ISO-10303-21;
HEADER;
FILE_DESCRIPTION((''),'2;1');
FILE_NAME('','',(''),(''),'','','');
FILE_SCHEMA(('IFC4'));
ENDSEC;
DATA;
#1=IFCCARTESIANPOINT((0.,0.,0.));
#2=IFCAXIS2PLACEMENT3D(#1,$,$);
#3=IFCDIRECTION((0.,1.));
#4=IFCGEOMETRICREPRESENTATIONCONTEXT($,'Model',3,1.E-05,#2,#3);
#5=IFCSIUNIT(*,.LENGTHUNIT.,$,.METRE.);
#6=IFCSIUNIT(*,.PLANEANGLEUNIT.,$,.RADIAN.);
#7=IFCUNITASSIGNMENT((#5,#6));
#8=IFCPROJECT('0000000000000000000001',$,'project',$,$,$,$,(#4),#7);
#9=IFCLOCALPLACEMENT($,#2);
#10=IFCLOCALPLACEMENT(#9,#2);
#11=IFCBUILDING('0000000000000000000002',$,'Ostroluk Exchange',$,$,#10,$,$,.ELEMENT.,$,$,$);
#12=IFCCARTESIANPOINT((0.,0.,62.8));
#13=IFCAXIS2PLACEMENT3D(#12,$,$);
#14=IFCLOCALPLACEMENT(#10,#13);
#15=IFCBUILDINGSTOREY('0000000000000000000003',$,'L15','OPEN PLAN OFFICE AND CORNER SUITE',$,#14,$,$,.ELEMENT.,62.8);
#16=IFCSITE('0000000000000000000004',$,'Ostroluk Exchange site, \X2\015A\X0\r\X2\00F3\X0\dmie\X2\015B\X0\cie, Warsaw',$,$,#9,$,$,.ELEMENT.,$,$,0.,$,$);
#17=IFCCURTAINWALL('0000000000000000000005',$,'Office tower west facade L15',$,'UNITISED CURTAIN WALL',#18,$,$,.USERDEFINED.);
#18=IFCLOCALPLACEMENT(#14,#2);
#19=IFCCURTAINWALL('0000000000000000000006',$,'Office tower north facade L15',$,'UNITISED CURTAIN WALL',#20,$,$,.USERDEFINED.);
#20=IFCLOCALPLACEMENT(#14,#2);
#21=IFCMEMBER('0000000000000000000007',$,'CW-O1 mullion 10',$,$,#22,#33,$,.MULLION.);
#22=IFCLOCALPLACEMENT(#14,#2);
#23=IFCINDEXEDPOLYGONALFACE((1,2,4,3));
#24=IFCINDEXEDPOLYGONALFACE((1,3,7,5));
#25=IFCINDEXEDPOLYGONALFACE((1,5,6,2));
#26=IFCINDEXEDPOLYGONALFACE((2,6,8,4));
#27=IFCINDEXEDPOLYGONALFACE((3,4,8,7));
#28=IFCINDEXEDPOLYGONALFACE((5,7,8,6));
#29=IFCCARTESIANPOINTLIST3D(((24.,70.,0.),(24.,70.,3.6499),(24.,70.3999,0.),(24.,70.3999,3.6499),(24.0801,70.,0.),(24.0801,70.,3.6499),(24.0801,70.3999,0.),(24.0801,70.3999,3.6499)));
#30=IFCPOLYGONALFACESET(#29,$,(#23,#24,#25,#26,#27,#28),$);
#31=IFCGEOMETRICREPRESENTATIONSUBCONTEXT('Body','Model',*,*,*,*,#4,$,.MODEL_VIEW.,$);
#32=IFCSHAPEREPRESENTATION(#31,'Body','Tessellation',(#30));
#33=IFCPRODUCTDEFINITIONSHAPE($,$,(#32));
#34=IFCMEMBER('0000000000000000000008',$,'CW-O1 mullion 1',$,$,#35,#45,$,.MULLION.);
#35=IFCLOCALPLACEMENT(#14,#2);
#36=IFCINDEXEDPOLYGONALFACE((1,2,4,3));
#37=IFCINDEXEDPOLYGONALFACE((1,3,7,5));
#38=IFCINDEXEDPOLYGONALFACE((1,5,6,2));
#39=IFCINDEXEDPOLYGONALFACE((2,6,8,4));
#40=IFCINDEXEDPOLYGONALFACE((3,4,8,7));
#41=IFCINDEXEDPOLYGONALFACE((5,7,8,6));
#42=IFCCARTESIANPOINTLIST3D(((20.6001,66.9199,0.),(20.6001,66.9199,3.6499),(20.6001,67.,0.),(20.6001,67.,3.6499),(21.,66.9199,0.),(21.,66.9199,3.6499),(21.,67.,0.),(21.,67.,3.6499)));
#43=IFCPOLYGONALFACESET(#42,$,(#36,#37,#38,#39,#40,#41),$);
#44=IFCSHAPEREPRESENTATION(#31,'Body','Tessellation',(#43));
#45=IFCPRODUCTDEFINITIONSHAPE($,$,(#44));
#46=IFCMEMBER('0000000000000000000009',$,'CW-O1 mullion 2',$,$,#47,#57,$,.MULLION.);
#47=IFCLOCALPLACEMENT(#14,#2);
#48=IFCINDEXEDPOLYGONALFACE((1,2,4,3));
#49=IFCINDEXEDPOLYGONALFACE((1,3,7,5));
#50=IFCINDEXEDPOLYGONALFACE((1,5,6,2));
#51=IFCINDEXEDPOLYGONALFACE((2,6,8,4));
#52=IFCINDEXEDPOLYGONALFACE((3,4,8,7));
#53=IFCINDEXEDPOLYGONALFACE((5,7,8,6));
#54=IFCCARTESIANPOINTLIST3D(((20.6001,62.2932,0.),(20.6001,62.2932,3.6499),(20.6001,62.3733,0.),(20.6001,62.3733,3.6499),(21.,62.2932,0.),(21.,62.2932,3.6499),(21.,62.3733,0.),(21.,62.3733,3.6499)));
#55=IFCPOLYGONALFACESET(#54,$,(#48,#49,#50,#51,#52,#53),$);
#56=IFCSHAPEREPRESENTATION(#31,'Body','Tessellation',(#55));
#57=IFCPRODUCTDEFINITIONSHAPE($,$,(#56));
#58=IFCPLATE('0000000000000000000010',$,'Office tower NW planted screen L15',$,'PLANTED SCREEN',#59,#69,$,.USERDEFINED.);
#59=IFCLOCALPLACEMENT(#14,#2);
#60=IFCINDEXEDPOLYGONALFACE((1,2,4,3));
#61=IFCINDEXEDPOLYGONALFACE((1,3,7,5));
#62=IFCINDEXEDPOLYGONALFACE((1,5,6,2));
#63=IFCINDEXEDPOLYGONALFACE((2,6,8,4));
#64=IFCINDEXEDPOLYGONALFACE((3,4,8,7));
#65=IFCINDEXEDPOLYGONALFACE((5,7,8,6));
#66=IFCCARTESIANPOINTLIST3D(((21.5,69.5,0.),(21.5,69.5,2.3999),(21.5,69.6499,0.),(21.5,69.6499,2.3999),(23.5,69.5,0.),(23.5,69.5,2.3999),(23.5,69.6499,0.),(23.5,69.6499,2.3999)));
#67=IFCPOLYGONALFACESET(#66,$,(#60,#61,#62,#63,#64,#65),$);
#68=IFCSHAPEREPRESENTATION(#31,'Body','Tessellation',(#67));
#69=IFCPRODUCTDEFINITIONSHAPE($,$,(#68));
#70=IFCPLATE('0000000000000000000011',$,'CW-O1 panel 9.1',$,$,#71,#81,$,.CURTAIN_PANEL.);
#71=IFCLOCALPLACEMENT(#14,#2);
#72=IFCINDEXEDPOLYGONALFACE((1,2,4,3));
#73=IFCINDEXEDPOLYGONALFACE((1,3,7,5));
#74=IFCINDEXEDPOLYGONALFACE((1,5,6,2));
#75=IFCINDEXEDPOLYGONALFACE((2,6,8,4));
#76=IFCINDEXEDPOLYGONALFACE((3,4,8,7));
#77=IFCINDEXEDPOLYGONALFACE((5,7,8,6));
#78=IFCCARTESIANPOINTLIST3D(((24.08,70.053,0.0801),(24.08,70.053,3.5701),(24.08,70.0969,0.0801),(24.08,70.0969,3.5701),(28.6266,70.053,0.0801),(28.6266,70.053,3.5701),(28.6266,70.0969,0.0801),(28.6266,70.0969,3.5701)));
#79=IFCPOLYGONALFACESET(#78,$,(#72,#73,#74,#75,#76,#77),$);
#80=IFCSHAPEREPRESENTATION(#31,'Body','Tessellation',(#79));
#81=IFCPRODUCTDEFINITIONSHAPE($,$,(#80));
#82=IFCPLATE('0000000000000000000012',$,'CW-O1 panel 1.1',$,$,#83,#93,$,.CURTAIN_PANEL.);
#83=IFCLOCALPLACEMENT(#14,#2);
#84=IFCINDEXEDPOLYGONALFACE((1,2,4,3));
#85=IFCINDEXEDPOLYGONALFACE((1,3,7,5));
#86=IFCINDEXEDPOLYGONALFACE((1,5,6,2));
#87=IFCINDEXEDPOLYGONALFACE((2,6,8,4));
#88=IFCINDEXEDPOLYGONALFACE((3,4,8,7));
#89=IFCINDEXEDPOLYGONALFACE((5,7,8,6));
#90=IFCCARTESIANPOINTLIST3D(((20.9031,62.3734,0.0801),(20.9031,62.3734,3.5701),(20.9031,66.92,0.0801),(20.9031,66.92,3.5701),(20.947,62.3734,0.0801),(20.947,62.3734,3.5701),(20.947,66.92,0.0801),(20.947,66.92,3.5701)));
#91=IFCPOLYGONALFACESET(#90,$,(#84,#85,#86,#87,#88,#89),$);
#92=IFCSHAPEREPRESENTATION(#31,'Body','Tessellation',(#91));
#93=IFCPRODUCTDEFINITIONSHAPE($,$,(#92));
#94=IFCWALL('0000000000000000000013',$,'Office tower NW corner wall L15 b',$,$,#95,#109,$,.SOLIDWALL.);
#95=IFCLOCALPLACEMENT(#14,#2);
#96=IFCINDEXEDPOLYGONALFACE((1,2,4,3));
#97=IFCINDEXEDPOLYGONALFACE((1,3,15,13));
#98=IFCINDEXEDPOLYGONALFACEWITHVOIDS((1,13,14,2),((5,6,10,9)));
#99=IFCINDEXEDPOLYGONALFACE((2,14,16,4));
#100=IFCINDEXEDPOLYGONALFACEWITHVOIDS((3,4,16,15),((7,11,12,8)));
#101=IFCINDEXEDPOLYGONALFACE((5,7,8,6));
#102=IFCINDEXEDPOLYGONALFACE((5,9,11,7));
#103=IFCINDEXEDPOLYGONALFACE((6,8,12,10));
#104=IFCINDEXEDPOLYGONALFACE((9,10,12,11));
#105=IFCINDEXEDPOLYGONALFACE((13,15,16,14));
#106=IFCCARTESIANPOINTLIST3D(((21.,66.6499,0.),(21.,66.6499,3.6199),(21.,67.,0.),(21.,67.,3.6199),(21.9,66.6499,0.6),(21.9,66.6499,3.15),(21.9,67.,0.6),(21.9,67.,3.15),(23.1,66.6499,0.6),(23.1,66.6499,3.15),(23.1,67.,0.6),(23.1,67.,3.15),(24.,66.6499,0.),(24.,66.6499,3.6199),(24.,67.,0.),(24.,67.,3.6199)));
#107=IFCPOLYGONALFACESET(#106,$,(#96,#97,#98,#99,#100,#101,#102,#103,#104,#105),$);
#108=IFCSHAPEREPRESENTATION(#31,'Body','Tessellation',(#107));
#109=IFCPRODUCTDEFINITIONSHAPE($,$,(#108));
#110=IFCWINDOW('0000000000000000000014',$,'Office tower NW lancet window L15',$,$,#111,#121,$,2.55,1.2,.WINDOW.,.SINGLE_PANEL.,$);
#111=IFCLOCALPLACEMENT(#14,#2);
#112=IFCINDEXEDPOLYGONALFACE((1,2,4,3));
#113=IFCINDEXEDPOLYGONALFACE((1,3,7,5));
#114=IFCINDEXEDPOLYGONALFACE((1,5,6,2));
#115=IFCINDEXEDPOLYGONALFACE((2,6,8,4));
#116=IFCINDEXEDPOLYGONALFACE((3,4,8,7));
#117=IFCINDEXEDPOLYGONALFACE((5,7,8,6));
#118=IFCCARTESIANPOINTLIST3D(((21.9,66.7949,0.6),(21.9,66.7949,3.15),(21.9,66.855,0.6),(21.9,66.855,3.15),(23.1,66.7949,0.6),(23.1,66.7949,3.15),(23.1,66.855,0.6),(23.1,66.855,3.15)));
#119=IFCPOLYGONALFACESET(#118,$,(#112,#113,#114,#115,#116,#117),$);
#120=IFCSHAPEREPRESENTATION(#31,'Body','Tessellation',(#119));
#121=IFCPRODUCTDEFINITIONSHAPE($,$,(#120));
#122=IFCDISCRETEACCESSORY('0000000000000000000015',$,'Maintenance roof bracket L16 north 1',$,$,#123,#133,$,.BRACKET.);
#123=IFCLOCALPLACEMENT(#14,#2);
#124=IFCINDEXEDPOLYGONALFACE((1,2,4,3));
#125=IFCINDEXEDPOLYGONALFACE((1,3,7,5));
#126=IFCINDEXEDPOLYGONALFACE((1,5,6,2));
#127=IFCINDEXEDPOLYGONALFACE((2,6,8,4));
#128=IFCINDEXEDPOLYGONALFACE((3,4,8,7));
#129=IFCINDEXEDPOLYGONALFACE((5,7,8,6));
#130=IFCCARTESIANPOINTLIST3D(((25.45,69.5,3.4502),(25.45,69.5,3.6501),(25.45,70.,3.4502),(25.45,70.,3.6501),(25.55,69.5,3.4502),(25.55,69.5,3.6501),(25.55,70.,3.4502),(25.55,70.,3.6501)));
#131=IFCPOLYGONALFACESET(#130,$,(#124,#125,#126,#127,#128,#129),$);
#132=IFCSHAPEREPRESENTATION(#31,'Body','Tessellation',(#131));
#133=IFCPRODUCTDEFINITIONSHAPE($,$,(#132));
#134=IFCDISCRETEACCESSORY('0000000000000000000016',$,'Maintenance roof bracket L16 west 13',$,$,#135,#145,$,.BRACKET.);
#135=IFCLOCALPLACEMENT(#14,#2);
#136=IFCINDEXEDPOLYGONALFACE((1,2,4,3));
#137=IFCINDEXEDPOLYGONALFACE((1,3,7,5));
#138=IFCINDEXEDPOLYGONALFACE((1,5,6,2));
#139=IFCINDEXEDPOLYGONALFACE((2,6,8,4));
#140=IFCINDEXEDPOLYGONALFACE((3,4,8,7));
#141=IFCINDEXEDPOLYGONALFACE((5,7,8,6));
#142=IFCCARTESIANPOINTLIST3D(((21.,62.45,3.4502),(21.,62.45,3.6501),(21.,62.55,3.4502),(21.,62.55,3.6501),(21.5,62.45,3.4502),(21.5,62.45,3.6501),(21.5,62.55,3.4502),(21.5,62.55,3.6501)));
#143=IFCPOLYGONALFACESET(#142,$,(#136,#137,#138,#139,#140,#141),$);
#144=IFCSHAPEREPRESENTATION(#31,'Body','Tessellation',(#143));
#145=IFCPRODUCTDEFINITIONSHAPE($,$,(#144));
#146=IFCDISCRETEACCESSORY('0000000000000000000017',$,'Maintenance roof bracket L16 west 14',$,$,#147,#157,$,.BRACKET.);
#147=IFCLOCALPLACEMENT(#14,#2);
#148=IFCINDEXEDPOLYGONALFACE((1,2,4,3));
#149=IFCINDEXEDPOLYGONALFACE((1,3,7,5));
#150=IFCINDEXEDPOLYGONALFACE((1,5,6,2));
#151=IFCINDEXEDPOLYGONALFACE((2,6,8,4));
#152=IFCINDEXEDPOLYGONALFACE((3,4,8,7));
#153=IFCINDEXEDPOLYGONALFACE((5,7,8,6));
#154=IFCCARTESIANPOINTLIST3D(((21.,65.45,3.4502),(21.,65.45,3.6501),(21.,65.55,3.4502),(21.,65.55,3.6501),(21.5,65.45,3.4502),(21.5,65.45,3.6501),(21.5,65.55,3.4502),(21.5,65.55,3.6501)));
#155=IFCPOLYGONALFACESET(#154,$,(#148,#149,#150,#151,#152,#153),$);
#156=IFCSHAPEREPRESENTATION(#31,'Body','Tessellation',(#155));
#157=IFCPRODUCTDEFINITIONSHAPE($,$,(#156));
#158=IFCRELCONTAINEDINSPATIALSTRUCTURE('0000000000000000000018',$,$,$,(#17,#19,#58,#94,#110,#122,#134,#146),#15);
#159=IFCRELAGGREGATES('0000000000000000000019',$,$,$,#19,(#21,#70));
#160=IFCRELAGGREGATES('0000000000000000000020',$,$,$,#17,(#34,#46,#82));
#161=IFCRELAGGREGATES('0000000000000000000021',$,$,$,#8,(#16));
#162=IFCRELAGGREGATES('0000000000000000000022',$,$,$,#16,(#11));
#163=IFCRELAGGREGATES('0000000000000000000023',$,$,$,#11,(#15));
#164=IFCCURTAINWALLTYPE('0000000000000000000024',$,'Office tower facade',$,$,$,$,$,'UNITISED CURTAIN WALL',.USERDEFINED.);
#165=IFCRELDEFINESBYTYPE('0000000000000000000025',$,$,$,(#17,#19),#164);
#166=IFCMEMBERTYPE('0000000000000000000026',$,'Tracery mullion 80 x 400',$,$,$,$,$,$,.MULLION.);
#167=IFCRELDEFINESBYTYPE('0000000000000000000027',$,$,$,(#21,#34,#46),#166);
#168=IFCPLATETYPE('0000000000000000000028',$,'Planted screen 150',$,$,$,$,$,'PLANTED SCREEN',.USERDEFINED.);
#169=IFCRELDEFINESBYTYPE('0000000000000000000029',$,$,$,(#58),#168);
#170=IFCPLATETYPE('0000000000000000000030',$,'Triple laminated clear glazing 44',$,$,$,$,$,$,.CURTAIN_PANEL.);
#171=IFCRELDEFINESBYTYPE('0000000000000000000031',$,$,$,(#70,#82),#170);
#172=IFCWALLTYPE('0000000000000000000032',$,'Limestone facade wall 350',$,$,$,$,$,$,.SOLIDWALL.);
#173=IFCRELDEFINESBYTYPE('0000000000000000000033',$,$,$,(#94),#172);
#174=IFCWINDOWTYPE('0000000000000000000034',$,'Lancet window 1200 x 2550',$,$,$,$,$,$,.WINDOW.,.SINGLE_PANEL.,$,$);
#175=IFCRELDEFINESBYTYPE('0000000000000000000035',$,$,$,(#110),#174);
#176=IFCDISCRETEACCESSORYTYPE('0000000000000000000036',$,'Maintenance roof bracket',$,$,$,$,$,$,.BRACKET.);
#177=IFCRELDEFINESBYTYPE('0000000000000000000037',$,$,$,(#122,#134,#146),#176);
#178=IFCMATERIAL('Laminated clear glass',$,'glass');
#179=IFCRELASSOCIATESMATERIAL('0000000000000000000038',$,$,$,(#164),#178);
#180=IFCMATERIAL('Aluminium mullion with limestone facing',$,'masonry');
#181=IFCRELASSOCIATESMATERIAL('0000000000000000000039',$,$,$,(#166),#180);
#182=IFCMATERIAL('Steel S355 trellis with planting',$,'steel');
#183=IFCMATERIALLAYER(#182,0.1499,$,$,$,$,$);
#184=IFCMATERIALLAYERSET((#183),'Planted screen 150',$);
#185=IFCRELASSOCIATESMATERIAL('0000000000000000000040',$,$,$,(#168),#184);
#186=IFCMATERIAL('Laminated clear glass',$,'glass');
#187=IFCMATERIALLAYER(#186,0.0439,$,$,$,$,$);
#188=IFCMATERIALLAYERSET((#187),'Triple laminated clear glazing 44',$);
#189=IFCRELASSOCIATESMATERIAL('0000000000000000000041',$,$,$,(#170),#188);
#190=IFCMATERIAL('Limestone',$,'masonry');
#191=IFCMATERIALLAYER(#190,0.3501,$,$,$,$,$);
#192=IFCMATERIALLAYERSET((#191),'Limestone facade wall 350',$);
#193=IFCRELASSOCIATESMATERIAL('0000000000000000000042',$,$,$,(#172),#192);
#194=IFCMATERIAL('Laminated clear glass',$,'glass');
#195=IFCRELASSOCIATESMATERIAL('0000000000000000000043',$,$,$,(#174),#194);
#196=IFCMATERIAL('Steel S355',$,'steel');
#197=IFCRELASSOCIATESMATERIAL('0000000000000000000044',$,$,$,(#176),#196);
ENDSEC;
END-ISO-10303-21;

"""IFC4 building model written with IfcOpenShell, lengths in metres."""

from ifc_helpers import new_model, si_unit, direction, frame, frame_2d, origin, origin_2d, place, context, subcontext, project, spatial, rectangle, extrude, material, layer, layer_set, material_profile, profile_set, type_object, element, fill, aggregate, save


model = new_model("IFC4")

# Units and contexts
model_context = context("Model", 3, precision=1e-05, world=origin(), true_north=direction((0.0, 1.0)))
body_context = subcontext(model_context, "Body", "Model", "MODEL_VIEW")
ifc_project = project(units=[si_unit("LENGTHUNIT", "METRE"), si_unit("PLANEANGLEUNIT", "RADIAN")], contexts=[model_context])

# Site, building, storey
site_placement = place(None, origin())
site = spatial("IfcSite", under=ifc_project, at=site_placement, Name="Ostroluk Exchange site, Śródmieście, Warsaw", CompositionType="ELEMENT", RefElevation=0.0)
building_placement = place(site_placement, origin())
building = spatial("IfcBuilding", under=site, at=building_placement, Name="Ostroluk Exchange", CompositionType="ELEMENT")
storey_placement = place(building_placement, frame((0.0, 0.0, 62.8)))
storey = spatial("IfcBuildingStorey", under=building, at=storey_placement, Name="L15", Description="OPEN PLAN OFFICE AND CORNER SUITE", CompositionType="ELEMENT", Elevation=62.8)

# Curtain wall
ifc_material_1 = material(Name="Laminated clear glass", Category="glass")
curtain_wall_type = type_object("IfcCurtainWallType", Name="Office tower facade", ElementType="UNITISED CURTAIN WALL", PredefinedType="USERDEFINED", material=ifc_material_1)
curtain_wall_1_placement = place(storey_placement, origin())
curtain_wall_1 = element("IfcCurtainWall", 1, at=curtain_wall_1_placement, inside=storey, type_object=curtain_wall_type, Name="Office tower west facade L15", ObjectType="UNITISED CURTAIN WALL", PredefinedType="USERDEFINED")

# Curtain wall, member
curtain_wall_2_placement = place(storey_placement, origin())
curtain_wall_2 = element("IfcCurtainWall", 2, at=curtain_wall_2_placement, inside=storey, type_object=curtain_wall_type, Name="Office tower north facade L15", ObjectType="UNITISED CURTAIN WALL", PredefinedType="USERDEFINED")
ifc_material_2 = material(Name="Aluminium mullion with limestone facing", Category="masonry")
ifc_material_profile_1 = material_profile(ifc_material_2, rectangle(XDim=0.3999, YDim=0.0801, at=origin_2d()), Name="Tracery mullion 80 x 400")
ifc_profile_set_1 = profile_set([ifc_material_profile_1], Name="Aluminium mullion with limestone facing")
member_type_1 = type_object("IfcMemberType", Name="Tracery mullion 80 x 400", PredefinedType="MULLION", material=ifc_profile_set_1)
member_1_placement = place(storey_placement, frame((24.04, 70.2, 0.0), z_axis=(0.0, 0.0, 1.0), x_axis=(0.0, -1.0, 0.0)))
member_1 = element("IfcMember", 3, at=member_1_placement, type_object=member_type_1, Name="CW-O1 mullion 10", PredefinedType="MULLION", context=body_context, shape_type="SweptSolid", body=[
    extrude(rectangle(XDim=0.3999, YDim=0.0801, at=origin_2d()), origin(), (0.0, 0.0, 1.0), 3.6499),
])

# Members
member_2_placement = place(storey_placement, frame((20.8, 66.96, 0.0), z_axis=(0.0, 0.0, 1.0), x_axis=(1.0, 0.0, 0.0)))
member_2 = element("IfcMember", 4, at=member_2_placement, type_object=member_type_1, Name="CW-O1 mullion 1", PredefinedType="MULLION", context=body_context, shape_type="SweptSolid", body=[
    extrude(rectangle(XDim=0.3999, YDim=0.0801, at=origin_2d()), origin(), (0.0, 0.0, 1.0), 3.6499),
])
member_3_placement = place(storey_placement, frame((20.8, 62.3333, 0.0), z_axis=(0.0, 0.0, 1.0), x_axis=(1.0, 0.0, 0.0)))
member_3 = element("IfcMember", 5, at=member_3_placement, type_object=member_type_1, Name="CW-O1 mullion 2", PredefinedType="MULLION", context=body_context, shape_type="SweptSolid", body=[
    extrude(rectangle(XDim=0.3999, YDim=0.0801, at=origin_2d()), origin(), (0.0, 0.0, 1.0), 3.6499),
])

# Plates
ifc_material_3 = material(Name="Steel S355 trellis with planting", Category="steel")
ifc_layer_1 = layer(ifc_material_3, 0.1499)
ifc_layer_set_1 = layer_set([ifc_layer_1], Name="Planted screen 150")
plate_type_1 = type_object("IfcPlateType", Name="Planted screen 150", ElementType="PLANTED SCREEN", PredefinedType="USERDEFINED", material=ifc_layer_set_1)
plate_1_placement = place(storey_placement, frame((22.5, 69.575, 0.0), z_axis=(0.0, 0.0, 1.0), x_axis=(1.0, 0.0, 0.0)))
element("IfcPlate", 6, at=plate_1_placement, inside=storey, type_object=plate_type_1, Name="Office tower NW planted screen L15", ObjectType="PLANTED SCREEN", PredefinedType="USERDEFINED", context=body_context, shape_type="SweptSolid", body=[
    extrude(rectangle(XDim=2.0, YDim=0.1499, at=origin_2d()), origin(), (0.0, 0.0, 1.0), 2.3999),
])
ifc_material_4 = material(Name="Laminated clear glass", Category="glass")
ifc_layer_2 = layer(ifc_material_4, 0.0439)
ifc_layer_set_2 = layer_set([ifc_layer_2], Name="Triple laminated clear glazing 44")
plate_type_2 = type_object("IfcPlateType", Name="Triple laminated clear glazing 44", PredefinedType="CURTAIN_PANEL", material=ifc_layer_set_2)
plate_2_placement = place(storey_placement, frame((26.3533, 70.075, 0.0801), z_axis=(0.0, 0.0, 1.0), x_axis=(-1.0, 0.0, 0.0)))
plate_2 = element("IfcPlate", 7, at=plate_2_placement, type_object=plate_type_2, Name="CW-O1 panel 9.1", PredefinedType="CURTAIN_PANEL", context=body_context, shape_type="SweptSolid", body=[
    extrude(rectangle(XDim=4.5466, YDim=0.0439, at=origin_2d()), origin(), (0.0, 0.0, 1.0), 3.49),
])
aggregate(curtain_wall_2, [member_1, plate_2])
plate_3_placement = place(storey_placement, frame((20.925, 64.6467, 0.0801), z_axis=(0.0, 0.0, 1.0), x_axis=(0.0, -1.0, 0.0)))
plate_3 = element("IfcPlate", 8, at=plate_3_placement, type_object=plate_type_2, Name="CW-O1 panel 1.1", PredefinedType="CURTAIN_PANEL", context=body_context, shape_type="SweptSolid", body=[
    extrude(rectangle(XDim=4.5466, YDim=0.0439, at=origin_2d()), origin(), (0.0, 0.0, 1.0), 3.49),
])
aggregate(curtain_wall_1, [member_2, member_3, plate_3])

# Shared definitions
ifc_material_5 = material(Name="Limestone", Category="masonry")
ifc_layer_3 = layer(ifc_material_5, 0.3501)
ifc_layer_set_3 = layer_set([ifc_layer_3], Name="Limestone facade wall 350")
wall_type = type_object("IfcWallType", Name="Limestone facade wall 350", PredefinedType="SOLIDWALL", material=ifc_layer_set_3)

# Wall, opening, window
wall_1_placement = place(storey_placement, frame((24.0, 66.825, 0.0), z_axis=(0.0, 0.0, 1.0), x_axis=(-1.0, 0.0, 0.0)))
wall_1 = element("IfcWall", 9, at=wall_1_placement, inside=storey, type_object=wall_type, Name="Office tower NW corner wall L15 b", PredefinedType="SOLIDWALL", context=body_context, shape_type="SweptSolid", body=[
    extrude(rectangle(XDim=3.0, YDim=0.3501, at=frame_2d((1.5, 0.0))), origin(), (0.0, 0.0, 1.0), 3.6199),
])
opening_1_placement = place(wall_1_placement, frame((0.8999, 0.0, 0.6001)))
opening_1 = element("IfcOpeningElement", 10, at=opening_1_placement, cuts=wall_1, PredefinedType="OPENING", context=body_context, shape_type="SweptSolid", body=[
    extrude(rectangle(XDim=1.2, YDim=2.55, at=frame_2d((0.6001, 1.2749))), frame((0.0, 0.1851, 0.0), z_axis=(0.0, -1.0, 0.0), x_axis=(1.0, 0.0, 0.0)), (0.0, 0.0, 1.0), 0.3701),
])
ifc_material_6 = material(Name="Laminated clear glass", Category="glass")
window_type = type_object("IfcWindowType", Name="Lancet window 1200 x 2550", PartitioningType="SINGLE_PANEL", PredefinedType="WINDOW", material=ifc_material_6)
window_placement = place(opening_1_placement, origin())
window = element("IfcWindow", 11, at=window_placement, inside=storey, type_object=window_type, Name="Office tower NW lancet window L15", OverallHeight=2.55, OverallWidth=1.2, PartitioningType="SINGLE_PANEL", PredefinedType="WINDOW", context=body_context, shape_type="SweptSolid", body=[
    extrude(rectangle(XDim=1.2, YDim=2.55, at=frame_2d((0.6001, 1.2749))), frame((0.0, 0.03, 0.0), z_axis=(0.0, -1.0, 0.0), x_axis=(1.0, 0.0, 0.0)), (0.0, 0.0, 1.0), 0.0601),
])
fill(opening_1, window)

# Discrete accessories
ifc_material_7 = material(Name="Steel S355", Category="steel")
discrete_accessory_type = type_object("IfcDiscreteAccessoryType", Name="Maintenance roof bracket", PredefinedType="BRACKET", material=ifc_material_7)
discrete_accessory_placement = place(storey_placement, frame((25.5, 69.75, 3.4502), z_axis=(0.0, 0.0, 1.0), x_axis=(1.0, 0.0, 0.0)))
element("IfcDiscreteAccessory", 12, at=discrete_accessory_placement, inside=storey, type_object=discrete_accessory_type, Name="Maintenance roof bracket L16 north 1", PredefinedType="BRACKET", context=body_context, shape_type="SweptSolid", body=[
    extrude(rectangle(XDim=0.1001, YDim=0.5, at=origin_2d()), origin(), (0.0, 0.0, 1.0), 0.2),
])
for number, where, z_axis, x_axis, name in (
    (13, (21.25, 62.5, 3.4502), (0.0, 0.0, 1.0), (1.0, 0.0, 0.0), "Maintenance roof bracket L16 west 13"),
    (14, (21.25, 65.5, 3.4502), (0.0, 0.0, 1.0), (1.0, 0.0, 0.0), "Maintenance roof bracket L16 west 14"),
):
    element("IfcDiscreteAccessory", number, at=place(storey_placement, frame(where, z_axis=z_axis, x_axis=x_axis)), inside=storey, type_object=discrete_accessory_type, Name=name, PredefinedType="BRACKET", context=body_context, shape_type="SweptSolid", body=[
        extrude(rectangle(XDim=0.5, YDim=0.1001, at=origin_2d()), origin(), (0.0, 0.0, 1.0), 0.2),
    ])

save(model, "model.ifc")
